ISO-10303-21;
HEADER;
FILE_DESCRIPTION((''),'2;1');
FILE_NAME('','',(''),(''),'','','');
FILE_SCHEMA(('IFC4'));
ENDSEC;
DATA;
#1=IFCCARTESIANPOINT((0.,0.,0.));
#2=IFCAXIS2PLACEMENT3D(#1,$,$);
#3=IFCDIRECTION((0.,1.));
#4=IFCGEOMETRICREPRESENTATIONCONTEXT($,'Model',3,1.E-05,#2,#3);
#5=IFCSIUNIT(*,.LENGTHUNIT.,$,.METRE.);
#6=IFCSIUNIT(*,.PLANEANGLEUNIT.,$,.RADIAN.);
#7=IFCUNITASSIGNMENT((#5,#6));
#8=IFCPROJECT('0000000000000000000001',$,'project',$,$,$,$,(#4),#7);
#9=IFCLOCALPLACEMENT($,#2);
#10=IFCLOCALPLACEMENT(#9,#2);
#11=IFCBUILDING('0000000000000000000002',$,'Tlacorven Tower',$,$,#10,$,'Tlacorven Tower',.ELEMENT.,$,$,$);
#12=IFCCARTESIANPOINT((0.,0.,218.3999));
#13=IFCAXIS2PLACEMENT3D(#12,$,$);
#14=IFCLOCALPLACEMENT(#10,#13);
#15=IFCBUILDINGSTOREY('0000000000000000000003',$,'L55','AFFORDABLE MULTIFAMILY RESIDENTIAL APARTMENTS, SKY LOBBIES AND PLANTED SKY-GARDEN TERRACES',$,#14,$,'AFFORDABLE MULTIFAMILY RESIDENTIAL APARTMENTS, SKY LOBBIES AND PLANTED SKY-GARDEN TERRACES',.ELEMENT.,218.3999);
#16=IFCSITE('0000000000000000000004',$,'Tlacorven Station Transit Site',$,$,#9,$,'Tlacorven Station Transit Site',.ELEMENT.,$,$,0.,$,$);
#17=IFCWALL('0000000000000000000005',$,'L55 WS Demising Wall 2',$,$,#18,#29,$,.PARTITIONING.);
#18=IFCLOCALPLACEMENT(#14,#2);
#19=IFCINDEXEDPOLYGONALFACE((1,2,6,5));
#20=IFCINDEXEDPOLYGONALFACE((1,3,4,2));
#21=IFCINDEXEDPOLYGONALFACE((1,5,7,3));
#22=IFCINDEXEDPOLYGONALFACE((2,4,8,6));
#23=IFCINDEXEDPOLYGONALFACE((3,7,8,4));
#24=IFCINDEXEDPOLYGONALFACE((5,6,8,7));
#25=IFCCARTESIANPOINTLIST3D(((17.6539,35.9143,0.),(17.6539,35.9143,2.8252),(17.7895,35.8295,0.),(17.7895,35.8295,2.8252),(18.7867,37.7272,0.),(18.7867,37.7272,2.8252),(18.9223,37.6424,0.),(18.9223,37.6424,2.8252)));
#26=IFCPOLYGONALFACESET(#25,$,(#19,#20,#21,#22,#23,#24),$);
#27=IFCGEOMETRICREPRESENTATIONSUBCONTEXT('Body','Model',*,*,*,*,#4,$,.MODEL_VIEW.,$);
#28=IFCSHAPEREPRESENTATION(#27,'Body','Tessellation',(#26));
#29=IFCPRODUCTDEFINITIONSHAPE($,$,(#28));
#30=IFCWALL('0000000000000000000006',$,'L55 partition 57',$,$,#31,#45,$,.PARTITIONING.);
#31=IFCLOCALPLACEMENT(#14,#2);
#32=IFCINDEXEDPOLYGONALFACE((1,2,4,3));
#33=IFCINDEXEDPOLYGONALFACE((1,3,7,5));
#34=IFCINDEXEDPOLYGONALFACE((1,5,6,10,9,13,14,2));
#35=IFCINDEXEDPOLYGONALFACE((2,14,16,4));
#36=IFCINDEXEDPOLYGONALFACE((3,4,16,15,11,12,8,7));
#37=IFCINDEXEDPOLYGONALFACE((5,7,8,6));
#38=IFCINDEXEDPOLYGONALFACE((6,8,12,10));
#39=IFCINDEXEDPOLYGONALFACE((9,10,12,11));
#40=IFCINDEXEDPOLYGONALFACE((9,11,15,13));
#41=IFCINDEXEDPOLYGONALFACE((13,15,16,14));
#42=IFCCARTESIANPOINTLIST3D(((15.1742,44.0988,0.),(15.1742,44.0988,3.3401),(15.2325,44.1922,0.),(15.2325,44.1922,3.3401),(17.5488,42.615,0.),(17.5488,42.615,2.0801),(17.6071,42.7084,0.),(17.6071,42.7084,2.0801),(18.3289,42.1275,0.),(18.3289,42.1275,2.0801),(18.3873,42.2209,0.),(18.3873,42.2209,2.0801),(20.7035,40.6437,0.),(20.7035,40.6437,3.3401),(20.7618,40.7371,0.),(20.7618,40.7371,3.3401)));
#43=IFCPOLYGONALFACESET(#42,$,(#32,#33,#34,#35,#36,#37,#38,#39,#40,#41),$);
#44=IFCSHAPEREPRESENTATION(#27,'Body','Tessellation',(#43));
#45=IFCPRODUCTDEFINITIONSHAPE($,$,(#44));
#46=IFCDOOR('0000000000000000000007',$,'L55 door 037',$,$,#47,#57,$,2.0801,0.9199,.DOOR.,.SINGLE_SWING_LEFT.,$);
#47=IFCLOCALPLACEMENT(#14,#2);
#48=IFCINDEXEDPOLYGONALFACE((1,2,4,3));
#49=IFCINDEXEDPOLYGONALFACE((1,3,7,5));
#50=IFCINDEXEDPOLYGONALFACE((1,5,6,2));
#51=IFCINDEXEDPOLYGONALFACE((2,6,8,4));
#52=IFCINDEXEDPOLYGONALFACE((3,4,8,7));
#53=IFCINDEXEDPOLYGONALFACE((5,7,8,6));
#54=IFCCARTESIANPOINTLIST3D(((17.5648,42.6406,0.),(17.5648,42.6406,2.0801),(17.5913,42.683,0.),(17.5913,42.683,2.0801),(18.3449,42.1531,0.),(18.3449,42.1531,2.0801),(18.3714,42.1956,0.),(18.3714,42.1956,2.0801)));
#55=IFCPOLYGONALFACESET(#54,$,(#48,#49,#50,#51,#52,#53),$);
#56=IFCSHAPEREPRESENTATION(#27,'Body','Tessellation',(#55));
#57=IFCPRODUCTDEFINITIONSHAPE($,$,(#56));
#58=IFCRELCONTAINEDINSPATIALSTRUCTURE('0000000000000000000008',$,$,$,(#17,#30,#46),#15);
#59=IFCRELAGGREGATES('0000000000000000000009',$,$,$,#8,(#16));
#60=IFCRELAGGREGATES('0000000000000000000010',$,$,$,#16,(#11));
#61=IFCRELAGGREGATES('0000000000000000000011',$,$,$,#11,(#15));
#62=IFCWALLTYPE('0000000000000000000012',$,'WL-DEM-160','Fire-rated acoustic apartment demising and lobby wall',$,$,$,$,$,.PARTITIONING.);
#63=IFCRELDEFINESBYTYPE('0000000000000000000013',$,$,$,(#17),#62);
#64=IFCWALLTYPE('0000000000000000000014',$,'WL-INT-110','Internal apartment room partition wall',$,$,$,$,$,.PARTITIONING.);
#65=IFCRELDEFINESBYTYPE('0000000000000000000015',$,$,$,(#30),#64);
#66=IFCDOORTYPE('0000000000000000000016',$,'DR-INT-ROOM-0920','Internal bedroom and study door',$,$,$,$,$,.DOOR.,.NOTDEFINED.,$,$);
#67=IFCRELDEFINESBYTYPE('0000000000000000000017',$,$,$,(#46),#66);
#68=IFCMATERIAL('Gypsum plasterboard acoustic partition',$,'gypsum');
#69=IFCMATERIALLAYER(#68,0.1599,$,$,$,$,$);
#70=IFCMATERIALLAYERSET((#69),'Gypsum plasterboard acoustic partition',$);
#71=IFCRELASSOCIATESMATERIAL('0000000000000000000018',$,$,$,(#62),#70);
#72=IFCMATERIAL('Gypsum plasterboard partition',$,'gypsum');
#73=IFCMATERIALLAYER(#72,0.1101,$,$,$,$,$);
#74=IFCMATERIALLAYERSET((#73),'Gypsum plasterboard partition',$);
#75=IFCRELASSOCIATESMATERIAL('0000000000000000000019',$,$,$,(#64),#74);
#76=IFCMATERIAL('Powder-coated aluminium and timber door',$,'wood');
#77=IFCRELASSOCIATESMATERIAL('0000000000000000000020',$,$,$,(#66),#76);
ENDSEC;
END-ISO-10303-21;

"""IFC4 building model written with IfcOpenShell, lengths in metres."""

from ifc_helpers import new_model, si_unit, direction, frame, frame_2d, origin, place, context, subcontext, project, spatial, rectangle, extrude, source, transform, mapped, material, layer, layer_set, type_object, element, fill, save


model = new_model("IFC4")

# Units and contexts
model_context = context("Model", 3, precision=1e-05, world=origin(), true_north=direction((0.0, 1.0)))
body_context = subcontext(model_context, "Body", "Model", "MODEL_VIEW")
ifc_project = project(units=[si_unit("LENGTHUNIT", "METRE"), si_unit("PLANEANGLEUNIT", "RADIAN")], contexts=[model_context])

# Site, building, storey
site_placement = place(None, origin())
site = spatial("IfcSite", under=ifc_project, at=site_placement, Name="Tlacorven Station Transit Site", LongName="Tlacorven Station Transit Site", CompositionType="ELEMENT", RefElevation=0.0)
building_placement = place(site_placement, origin())
building = spatial("IfcBuilding", under=site, at=building_placement, Name="Tlacorven Tower", LongName="Tlacorven Tower", CompositionType="ELEMENT")
storey_placement = place(building_placement, frame((0.0, 0.0, 218.3999)))
storey = spatial("IfcBuildingStorey", under=building, at=storey_placement, Name="L55", Description="AFFORDABLE MULTIFAMILY RESIDENTIAL APARTMENTS, SKY LOBBIES AND PLANTED SKY-GARDEN TERRACES", LongName="AFFORDABLE MULTIFAMILY RESIDENTIAL APARTMENTS, SKY LOBBIES AND PLANTED SKY-GARDEN TERRACES", CompositionType="ELEMENT", Elevation=218.3999)

# Wall
ifc_material_1 = material(Name="Gypsum plasterboard acoustic partition", Category="gypsum")
ifc_layer_1 = layer(ifc_material_1, 0.1599)
ifc_layer_set_1 = layer_set([ifc_layer_1], Name="Gypsum plasterboard acoustic partition")
wall_type_1 = type_object("IfcWallType", Name="WL-DEM-160", Description="Fire-rated acoustic apartment demising and lobby wall", PredefinedType="PARTITIONING", material=ifc_layer_set_1)
wall_1_placement = place(storey_placement, frame((18.8545, 37.6848, 0.0), z_axis=(0.0, 0.0, 1.0), x_axis=(-0.529896, -0.848062, 0.0)))
element("IfcWall", 1, at=wall_1_placement, inside=storey, type_object=wall_type_1, Name="L55 WS Demising Wall 2", PredefinedType="PARTITIONING", context=body_context, shape_type="SweptSolid", body=[
    extrude(rectangle(XDim=2.1377, YDim=0.1599, at=frame_2d((1.0688, 0.0))), origin(), (0.0, 0.0, 1.0), 2.8252),
])

# Wall, opening, door
ifc_material_2 = material(Name="Gypsum plasterboard partition", Category="gypsum")
ifc_layer_2 = layer(ifc_material_2, 0.1101)
ifc_layer_set_2 = layer_set([ifc_layer_2], Name="Gypsum plasterboard partition")
wall_type_2 = type_object("IfcWallType", Name="WL-INT-110", Description="Internal apartment room partition wall", PredefinedType="PARTITIONING", material=ifc_layer_set_2)
wall_2_placement = place(storey_placement, frame((20.7327, 40.6904, 0.0), z_axis=(0.0, 0.0, 1.0), x_axis=(-0.848049, 0.529918, 0.0)))
wall_2 = element("IfcWall", 2, at=wall_2_placement, inside=storey, type_object=wall_type_2, Name="L55 partition 57", PredefinedType="PARTITIONING", context=body_context, shape_type="SweptSolid", body=[
    extrude(rectangle(XDim=6.52, YDim=0.1101, at=frame_2d((3.26, 0.0))), origin(), (0.0, 0.0, 1.0), 3.3401),
])
opening_placement = place(wall_2_placement, frame((2.8, 0.0, 0.0)))
opening = element("IfcOpeningElement", 3, at=opening_placement, cuts=wall_2, PredefinedType="OPENING", context=body_context, shape_type="SweptSolid", body=[
    extrude(rectangle(XDim=0.9199, YDim=2.0801, at=frame_2d((0.46, 1.04))), frame((0.0, 0.0649, 0.0), z_axis=(0.0, -1.0, 0.0), x_axis=(1.0, 0.0, 0.0)), (0.0, 0.0, 1.0), 0.1301),
])
ifc_material_3 = material(Name="Powder-coated aluminium and timber door", Category="wood")
door_type = type_object("IfcDoorType", Name="DR-INT-ROOM-0920", Description="Internal bedroom and study door", OperationType="NOTDEFINED", PredefinedType="DOOR", material=ifc_material_3)
shared_shape_1 = source(origin(), body_context, "Body", "SweptSolid", [
    extrude(rectangle(XDim=0.9199, YDim=2.0801, at=frame_2d((0.46, 1.04))), frame((0.0, 0.0249, 0.0), z_axis=(0.0, -1.0, 0.0), x_axis=(1.0, 0.0, 0.0)), (0.0, 0.0, 1.0), 0.05),
])
door_placement = place(opening_placement, origin())
door = element("IfcDoor", 4, at=door_placement, inside=storey, type_object=door_type, Name="L55 door 037", OperationType="SINGLE_SWING_LEFT", OverallHeight=2.0801, OverallWidth=0.9199, PredefinedType="DOOR", context=body_context, shape_type="MappedRepresentation", body=[
    mapped(shared_shape_1, transform((0.0, 0.0, 0.0), scale=1.0)),
])
fill(opening, door)

save(model, "model.ifc")
